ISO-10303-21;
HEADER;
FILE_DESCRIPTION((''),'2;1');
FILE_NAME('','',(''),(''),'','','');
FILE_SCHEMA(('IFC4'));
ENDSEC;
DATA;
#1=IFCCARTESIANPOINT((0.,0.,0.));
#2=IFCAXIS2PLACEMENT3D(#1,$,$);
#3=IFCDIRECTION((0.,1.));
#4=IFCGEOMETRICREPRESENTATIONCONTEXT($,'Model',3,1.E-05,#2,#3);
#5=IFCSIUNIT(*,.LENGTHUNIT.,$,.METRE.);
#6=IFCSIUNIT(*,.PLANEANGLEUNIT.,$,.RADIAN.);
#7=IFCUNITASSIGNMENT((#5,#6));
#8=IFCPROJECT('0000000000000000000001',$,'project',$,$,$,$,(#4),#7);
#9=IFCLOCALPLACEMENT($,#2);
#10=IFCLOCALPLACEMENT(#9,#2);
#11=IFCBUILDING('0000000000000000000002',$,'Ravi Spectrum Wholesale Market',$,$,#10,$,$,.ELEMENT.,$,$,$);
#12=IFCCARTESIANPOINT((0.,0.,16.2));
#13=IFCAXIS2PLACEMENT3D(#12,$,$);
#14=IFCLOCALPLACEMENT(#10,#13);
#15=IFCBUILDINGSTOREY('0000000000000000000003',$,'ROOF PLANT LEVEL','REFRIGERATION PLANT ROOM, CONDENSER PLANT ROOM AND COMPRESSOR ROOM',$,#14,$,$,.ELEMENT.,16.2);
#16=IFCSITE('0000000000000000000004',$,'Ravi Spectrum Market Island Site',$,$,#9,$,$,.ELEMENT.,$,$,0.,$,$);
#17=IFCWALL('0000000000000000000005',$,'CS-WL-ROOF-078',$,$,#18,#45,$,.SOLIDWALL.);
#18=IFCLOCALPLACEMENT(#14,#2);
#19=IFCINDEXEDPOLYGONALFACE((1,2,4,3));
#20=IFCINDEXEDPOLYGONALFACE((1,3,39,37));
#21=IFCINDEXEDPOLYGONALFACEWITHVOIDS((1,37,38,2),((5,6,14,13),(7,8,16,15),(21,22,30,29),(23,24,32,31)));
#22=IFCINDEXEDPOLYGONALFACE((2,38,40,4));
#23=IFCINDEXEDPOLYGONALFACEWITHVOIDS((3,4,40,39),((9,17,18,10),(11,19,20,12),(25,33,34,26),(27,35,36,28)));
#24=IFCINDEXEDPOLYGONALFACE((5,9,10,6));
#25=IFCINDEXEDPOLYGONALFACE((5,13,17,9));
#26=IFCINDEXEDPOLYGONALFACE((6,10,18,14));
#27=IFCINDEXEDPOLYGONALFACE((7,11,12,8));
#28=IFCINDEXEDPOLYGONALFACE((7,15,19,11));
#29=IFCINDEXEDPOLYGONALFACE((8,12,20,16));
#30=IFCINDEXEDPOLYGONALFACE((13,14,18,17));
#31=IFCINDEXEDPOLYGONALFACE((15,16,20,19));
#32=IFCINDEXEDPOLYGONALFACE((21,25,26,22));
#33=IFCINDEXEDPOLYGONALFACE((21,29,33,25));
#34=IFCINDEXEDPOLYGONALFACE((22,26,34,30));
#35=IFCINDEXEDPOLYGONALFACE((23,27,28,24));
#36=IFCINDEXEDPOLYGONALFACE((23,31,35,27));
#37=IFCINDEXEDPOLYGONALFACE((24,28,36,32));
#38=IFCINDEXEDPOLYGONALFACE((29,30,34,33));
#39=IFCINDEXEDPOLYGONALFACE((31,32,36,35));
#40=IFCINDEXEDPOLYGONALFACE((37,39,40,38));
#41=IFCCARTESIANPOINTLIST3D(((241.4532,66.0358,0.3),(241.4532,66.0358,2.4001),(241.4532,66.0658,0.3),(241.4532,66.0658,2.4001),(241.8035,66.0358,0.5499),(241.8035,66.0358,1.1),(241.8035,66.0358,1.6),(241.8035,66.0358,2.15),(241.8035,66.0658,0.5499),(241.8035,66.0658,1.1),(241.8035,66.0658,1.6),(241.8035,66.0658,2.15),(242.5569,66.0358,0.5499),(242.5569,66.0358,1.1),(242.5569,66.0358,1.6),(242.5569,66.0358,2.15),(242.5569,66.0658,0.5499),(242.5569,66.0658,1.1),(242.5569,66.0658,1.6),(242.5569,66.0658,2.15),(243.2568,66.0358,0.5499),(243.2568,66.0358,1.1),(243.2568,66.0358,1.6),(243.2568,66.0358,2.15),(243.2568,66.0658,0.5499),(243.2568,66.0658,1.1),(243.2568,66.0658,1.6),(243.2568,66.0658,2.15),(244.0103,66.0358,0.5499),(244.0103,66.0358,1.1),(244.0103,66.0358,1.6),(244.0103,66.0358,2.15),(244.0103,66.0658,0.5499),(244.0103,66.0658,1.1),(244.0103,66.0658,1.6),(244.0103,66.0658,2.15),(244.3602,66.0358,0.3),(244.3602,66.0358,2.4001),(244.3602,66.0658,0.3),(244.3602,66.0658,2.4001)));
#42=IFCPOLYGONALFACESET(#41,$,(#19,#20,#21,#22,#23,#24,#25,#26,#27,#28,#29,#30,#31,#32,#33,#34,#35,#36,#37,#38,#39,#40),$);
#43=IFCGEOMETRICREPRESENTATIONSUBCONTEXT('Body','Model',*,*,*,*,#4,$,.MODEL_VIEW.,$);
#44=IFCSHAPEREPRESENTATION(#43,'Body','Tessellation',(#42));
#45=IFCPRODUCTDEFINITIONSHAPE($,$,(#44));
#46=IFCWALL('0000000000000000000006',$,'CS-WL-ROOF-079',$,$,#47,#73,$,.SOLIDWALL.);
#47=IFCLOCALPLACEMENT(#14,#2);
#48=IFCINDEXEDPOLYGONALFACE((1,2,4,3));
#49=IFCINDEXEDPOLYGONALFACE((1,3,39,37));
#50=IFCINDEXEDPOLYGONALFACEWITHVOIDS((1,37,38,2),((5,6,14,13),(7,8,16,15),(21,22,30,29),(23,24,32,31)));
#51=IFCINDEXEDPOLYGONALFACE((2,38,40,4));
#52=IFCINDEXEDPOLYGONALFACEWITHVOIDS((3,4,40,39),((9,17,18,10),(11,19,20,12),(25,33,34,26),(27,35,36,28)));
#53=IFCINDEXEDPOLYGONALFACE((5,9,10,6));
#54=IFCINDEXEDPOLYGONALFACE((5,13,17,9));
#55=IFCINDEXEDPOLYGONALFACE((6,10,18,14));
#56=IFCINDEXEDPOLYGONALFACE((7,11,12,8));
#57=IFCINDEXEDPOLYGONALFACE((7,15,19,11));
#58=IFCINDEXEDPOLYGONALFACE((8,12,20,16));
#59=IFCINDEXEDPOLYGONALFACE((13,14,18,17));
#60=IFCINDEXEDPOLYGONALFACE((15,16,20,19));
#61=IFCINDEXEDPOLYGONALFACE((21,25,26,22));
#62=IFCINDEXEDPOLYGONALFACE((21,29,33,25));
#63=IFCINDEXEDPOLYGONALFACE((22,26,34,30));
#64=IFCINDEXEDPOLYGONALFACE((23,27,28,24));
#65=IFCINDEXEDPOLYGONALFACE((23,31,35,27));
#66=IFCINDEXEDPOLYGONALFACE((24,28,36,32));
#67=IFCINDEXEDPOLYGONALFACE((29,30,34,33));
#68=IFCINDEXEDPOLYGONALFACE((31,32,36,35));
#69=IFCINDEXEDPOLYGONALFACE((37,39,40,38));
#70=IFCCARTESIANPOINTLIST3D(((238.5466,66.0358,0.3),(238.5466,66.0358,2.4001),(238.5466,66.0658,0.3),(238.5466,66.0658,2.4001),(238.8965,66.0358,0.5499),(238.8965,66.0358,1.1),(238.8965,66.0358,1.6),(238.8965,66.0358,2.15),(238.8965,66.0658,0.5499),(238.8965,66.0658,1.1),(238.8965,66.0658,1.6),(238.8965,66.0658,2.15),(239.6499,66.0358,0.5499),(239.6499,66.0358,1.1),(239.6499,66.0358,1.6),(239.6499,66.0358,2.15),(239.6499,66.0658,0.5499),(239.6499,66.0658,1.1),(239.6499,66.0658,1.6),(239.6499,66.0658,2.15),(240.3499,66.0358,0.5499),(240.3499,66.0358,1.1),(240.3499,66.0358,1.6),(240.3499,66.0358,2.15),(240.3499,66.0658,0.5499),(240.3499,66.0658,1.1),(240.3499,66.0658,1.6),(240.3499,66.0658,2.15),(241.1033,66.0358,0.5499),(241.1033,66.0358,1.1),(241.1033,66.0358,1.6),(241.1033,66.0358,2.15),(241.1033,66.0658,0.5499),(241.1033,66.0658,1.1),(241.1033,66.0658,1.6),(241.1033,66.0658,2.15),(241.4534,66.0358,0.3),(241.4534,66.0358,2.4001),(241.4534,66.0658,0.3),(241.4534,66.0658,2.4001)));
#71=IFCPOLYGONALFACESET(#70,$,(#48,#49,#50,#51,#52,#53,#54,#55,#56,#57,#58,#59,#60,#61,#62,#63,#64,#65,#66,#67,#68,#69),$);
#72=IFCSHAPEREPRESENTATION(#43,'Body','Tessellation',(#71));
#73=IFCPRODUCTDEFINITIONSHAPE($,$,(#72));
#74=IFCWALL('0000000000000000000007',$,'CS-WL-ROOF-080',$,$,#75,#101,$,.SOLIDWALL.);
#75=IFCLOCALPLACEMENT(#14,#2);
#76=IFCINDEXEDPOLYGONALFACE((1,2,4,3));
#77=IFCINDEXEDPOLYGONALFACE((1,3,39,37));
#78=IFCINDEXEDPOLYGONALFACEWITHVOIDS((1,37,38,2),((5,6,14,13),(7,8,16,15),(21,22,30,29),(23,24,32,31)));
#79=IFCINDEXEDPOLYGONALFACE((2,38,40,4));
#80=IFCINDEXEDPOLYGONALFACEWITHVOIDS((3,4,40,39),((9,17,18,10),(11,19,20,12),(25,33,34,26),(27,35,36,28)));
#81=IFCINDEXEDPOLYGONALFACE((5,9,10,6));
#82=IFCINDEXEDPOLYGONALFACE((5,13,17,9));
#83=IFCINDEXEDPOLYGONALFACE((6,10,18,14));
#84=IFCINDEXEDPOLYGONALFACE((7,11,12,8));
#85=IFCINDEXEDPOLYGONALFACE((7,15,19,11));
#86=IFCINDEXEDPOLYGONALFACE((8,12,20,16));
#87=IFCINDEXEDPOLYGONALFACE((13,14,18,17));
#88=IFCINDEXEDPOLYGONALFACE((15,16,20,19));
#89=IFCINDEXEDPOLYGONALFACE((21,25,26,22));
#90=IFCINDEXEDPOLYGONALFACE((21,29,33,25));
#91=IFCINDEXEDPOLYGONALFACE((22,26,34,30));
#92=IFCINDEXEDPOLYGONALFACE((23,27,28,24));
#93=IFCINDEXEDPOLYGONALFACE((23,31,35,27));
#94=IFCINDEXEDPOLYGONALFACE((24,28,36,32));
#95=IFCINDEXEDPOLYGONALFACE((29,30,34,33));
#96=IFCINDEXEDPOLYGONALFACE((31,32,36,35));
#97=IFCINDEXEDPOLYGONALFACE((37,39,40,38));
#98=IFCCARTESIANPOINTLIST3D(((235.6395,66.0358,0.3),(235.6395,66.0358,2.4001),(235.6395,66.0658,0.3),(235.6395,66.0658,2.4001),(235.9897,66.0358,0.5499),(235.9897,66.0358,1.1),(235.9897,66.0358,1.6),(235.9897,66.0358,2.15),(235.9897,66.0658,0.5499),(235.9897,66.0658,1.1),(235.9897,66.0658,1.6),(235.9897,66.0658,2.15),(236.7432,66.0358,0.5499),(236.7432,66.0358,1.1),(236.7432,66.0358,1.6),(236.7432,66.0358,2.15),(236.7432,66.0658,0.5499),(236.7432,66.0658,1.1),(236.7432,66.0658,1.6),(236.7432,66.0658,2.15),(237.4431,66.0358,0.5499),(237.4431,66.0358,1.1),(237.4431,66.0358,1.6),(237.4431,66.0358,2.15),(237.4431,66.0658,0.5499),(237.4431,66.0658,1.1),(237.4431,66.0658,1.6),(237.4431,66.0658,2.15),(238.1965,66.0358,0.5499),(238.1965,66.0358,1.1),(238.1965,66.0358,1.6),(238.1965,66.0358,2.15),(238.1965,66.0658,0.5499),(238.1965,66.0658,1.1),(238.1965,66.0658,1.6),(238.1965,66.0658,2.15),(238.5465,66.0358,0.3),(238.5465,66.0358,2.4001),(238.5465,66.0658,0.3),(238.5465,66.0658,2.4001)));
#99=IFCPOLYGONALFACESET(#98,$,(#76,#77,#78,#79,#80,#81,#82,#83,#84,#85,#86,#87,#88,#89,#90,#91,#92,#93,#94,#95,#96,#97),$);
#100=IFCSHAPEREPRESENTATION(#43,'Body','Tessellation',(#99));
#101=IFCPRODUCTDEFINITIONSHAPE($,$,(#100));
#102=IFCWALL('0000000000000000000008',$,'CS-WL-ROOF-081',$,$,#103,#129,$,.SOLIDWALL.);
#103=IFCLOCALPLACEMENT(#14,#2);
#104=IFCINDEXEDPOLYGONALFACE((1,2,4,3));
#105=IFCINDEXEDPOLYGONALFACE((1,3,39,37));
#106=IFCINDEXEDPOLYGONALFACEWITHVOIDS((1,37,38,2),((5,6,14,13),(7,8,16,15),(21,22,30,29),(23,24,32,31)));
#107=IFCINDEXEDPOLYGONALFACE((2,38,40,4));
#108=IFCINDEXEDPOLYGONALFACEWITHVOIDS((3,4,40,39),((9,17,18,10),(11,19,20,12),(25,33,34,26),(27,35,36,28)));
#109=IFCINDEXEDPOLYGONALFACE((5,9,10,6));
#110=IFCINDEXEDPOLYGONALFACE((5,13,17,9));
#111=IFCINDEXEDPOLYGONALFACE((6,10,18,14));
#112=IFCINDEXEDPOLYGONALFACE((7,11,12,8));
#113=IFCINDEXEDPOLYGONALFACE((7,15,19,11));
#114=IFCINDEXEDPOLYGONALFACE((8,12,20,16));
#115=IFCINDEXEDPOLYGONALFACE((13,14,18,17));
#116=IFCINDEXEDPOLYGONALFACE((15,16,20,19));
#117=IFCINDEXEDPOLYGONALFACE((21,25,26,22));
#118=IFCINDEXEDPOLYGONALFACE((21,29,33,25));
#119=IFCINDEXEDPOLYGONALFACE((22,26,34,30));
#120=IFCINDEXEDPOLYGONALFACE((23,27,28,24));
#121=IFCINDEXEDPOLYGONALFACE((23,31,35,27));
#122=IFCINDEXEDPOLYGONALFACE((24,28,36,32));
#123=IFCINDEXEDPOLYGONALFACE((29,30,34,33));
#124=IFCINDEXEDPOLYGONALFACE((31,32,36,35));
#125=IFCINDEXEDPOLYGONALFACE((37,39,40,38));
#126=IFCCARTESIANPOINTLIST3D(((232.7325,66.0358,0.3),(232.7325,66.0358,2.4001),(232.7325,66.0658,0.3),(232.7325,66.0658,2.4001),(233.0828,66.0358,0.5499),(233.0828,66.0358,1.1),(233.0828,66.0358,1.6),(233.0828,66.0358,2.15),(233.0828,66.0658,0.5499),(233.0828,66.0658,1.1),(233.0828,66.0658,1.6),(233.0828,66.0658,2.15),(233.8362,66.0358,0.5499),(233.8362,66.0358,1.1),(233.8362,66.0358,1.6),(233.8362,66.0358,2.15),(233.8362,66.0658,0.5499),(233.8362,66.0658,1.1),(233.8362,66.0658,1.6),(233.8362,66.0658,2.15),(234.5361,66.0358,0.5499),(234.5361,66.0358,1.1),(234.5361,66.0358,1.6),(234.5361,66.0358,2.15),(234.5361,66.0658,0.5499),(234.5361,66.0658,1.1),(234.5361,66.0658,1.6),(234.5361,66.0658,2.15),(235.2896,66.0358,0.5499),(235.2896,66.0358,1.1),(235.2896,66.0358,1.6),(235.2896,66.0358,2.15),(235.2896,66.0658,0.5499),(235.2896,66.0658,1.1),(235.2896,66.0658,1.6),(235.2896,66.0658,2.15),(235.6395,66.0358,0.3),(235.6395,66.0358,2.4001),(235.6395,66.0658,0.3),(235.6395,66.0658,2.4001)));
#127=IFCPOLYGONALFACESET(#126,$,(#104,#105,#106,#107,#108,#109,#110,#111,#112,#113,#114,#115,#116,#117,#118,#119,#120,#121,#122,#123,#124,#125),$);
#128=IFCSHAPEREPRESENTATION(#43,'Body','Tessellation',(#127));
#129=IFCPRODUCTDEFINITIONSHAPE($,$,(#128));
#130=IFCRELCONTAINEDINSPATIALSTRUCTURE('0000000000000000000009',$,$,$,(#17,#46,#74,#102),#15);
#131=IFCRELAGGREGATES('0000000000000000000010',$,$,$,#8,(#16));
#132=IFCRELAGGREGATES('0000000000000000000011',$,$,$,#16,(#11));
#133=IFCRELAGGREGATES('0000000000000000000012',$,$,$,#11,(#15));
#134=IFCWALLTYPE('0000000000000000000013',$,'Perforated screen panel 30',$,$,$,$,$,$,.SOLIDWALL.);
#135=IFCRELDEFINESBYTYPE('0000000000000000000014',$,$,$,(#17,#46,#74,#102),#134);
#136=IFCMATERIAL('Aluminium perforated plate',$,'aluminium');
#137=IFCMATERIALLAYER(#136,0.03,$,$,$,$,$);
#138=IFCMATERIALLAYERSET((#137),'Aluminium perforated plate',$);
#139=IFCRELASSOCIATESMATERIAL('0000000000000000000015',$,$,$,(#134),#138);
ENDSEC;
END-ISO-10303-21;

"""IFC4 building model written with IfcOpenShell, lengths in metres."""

from ifc_helpers import new_model, si_unit, direction, frame, frame_2d, origin, place, context, subcontext, project, spatial, rectangle, extrude, material, layer, layer_set, type_object, element, save


model = new_model("IFC4")

# Units and contexts
model_context = context("Model", 3, precision=1e-05, world=origin(), true_north=direction((0.0, 1.0)))
body_context = subcontext(model_context, "Body", "Model", "MODEL_VIEW")
ifc_project = project(units=[si_unit("LENGTHUNIT", "METRE"), si_unit("PLANEANGLEUNIT", "RADIAN")], contexts=[model_context])

# Site, building, storey
site_placement = place(None, origin())
site = spatial("IfcSite", under=ifc_project, at=site_placement, Name="Ravi Spectrum Market Island Site", CompositionType="ELEMENT", RefElevation=0.0)
building_placement = place(site_placement, origin())
building = spatial("IfcBuilding", under=site, at=building_placement, Name="Ravi Spectrum Wholesale Market", CompositionType="ELEMENT")
storey_placement = place(building_placement, frame((0.0, 0.0, 16.2)))
storey = spatial("IfcBuildingStorey", under=building, at=storey_placement, Name="ROOF PLANT LEVEL", Description="REFRIGERATION PLANT ROOM, CONDENSER PLANT ROOM AND COMPRESSOR ROOM", CompositionType="ELEMENT", Elevation=16.2)

# Walls, openings
ifc_material_1 = material(Name="Aluminium perforated plate", Category="aluminium")
ifc_layer = layer(ifc_material_1, 0.03)
ifc_layer_set = layer_set([ifc_layer], Name="Aluminium perforated plate")
wall_type = type_object("IfcWallType", Name="Perforated screen panel 30", PredefinedType="SOLIDWALL", material=ifc_layer_set)
wall_1_placement = place(storey_placement, frame((244.3604, 66.0508, 0.3), z_axis=(0.0, 0.0, 1.0), x_axis=(-1.0, 0.0, 0.0)))
wall_1 = element("IfcWall", 1, at=wall_1_placement, inside=storey, type_object=wall_type, Name="CS-WL-ROOF-078", PredefinedType="SOLIDWALL", context=body_context, shape_type="SweptSolid", body=[
    extrude(rectangle(XDim=2.907, YDim=0.03, at=frame_2d((1.4536, 0.0))), origin(), (0.0, 0.0, 1.0), 2.1001),
])
opening_1_placement = place(wall_1_placement, frame((0.3501, 0.0, 0.25)))
element("IfcOpeningElement", 2, at=opening_1_placement, cuts=wall_1, PredefinedType="OPENING", context=body_context, shape_type="SweptSolid", body=[
    extrude(rectangle(XDim=0.7534, YDim=0.55, at=frame_2d((0.3767, 0.2749))), frame((0.0, 0.0249, 0.0), z_axis=(0.0, -1.0, 0.0), x_axis=(1.0, 0.0, 0.0)), (0.0, 0.0, 1.0), 0.05),
])
opening_2_placement = place(wall_1_placement, frame((0.3501, 0.0, 1.3)))
element("IfcOpeningElement", 3, at=opening_2_placement, cuts=wall_1, PredefinedType="OPENING", context=body_context, shape_type="SweptSolid", body=[
    extrude(rectangle(XDim=0.7534, YDim=0.55, at=frame_2d((0.3767, 0.2749))), frame((0.0, 0.0249, 0.0), z_axis=(0.0, -1.0, 0.0), x_axis=(1.0, 0.0, 0.0)), (0.0, 0.0, 1.0), 0.05),
])
opening_3_placement = place(wall_1_placement, frame((1.8035, 0.0, 0.25)))
element("IfcOpeningElement", 4, at=opening_3_placement, cuts=wall_1, PredefinedType="OPENING", context=body_context, shape_type="SweptSolid", body=[
    extrude(rectangle(XDim=0.7534, YDim=0.55, at=frame_2d((0.3767, 0.2749))), frame((0.0, 0.0249, 0.0), z_axis=(0.0, -1.0, 0.0), x_axis=(1.0, 0.0, 0.0)), (0.0, 0.0, 1.0), 0.05),
])
opening_4_placement = place(wall_1_placement, frame((1.8035, 0.0, 1.3)))
element("IfcOpeningElement", 5, at=opening_4_placement, cuts=wall_1, PredefinedType="OPENING", context=body_context, shape_type="SweptSolid", body=[
    extrude(rectangle(XDim=0.7534, YDim=0.55, at=frame_2d((0.3767, 0.2749))), frame((0.0, 0.0249, 0.0), z_axis=(0.0, -1.0, 0.0), x_axis=(1.0, 0.0, 0.0)), (0.0, 0.0, 1.0), 0.05),
])
wall_2_placement = place(storey_placement, frame((241.4534, 66.0508, 0.3), z_axis=(0.0, 0.0, 1.0), x_axis=(-1.0, 0.0, 0.0)))
wall_2 = element("IfcWall", 6, at=wall_2_placement, inside=storey, type_object=wall_type, Name="CS-WL-ROOF-079", PredefinedType="SOLIDWALL", context=body_context, shape_type="SweptSolid", body=[
    extrude(rectangle(XDim=2.9067, YDim=0.03, at=frame_2d((1.4534, 0.0))), origin(), (0.0, 0.0, 1.0), 2.1001),
])
opening_5_placement = place(wall_2_placement, frame((0.3501, 0.0, 0.25)))
element("IfcOpeningElement", 7, at=opening_5_placement, cuts=wall_2, PredefinedType="OPENING", context=body_context, shape_type="SweptSolid", body=[
    extrude(rectangle(XDim=0.7534, YDim=0.55, at=frame_2d((0.3767, 0.2749))), frame((0.0, 0.0249, 0.0), z_axis=(0.0, -1.0, 0.0), x_axis=(1.0, 0.0, 0.0)), (0.0, 0.0, 1.0), 0.05),
])
opening_6_placement = place(wall_2_placement, frame((0.3501, 0.0, 1.3)))
element("IfcOpeningElement", 8, at=opening_6_placement, cuts=wall_2, PredefinedType="OPENING", context=body_context, shape_type="SweptSolid", body=[
    extrude(rectangle(XDim=0.7534, YDim=0.55, at=frame_2d((0.3767, 0.2749))), frame((0.0, 0.0249, 0.0), z_axis=(0.0, -1.0, 0.0), x_axis=(1.0, 0.0, 0.0)), (0.0, 0.0, 1.0), 0.05),
])
opening_7_placement = place(wall_2_placement, frame((1.8035, 0.0, 0.25)))
element("IfcOpeningElement", 9, at=opening_7_placement, cuts=wall_2, PredefinedType="OPENING", context=body_context, shape_type="SweptSolid", body=[
    extrude(rectangle(XDim=0.7534, YDim=0.55, at=frame_2d((0.3767, 0.2749))), frame((0.0, 0.0249, 0.0), z_axis=(0.0, -1.0, 0.0), x_axis=(1.0, 0.0, 0.0)), (0.0, 0.0, 1.0), 0.05),
])
opening_8_placement = place(wall_2_placement, frame((1.8035, 0.0, 1.3)))
element("IfcOpeningElement", 10, at=opening_8_placement, cuts=wall_2, PredefinedType="OPENING", context=body_context, shape_type="SweptSolid", body=[
    extrude(rectangle(XDim=0.7534, YDim=0.55, at=frame_2d((0.3767, 0.2749))), frame((0.0, 0.0249, 0.0), z_axis=(0.0, -1.0, 0.0), x_axis=(1.0, 0.0, 0.0)), (0.0, 0.0, 1.0), 0.05),
])
wall_3_placement = place(storey_placement, frame((238.5466, 66.0508, 0.3), z_axis=(0.0, 0.0, 1.0), x_axis=(-1.0, 0.0, 0.0)))
wall_3 = element("IfcWall", 11, at=wall_3_placement, inside=storey, type_object=wall_type, Name="CS-WL-ROOF-080", PredefinedType="SOLIDWALL", context=body_context, shape_type="SweptSolid", body=[
    extrude(rectangle(XDim=2.907, YDim=0.03, at=frame_2d((1.4536, 0.0))), origin(), (0.0, 0.0, 1.0), 2.1001),
])
opening_9_placement = place(wall_3_placement, frame((0.3501, 0.0, 0.25)))
element("IfcOpeningElement", 12, at=opening_9_placement, cuts=wall_3, PredefinedType="OPENING", context=body_context, shape_type="SweptSolid", body=[
    extrude(rectangle(XDim=0.7534, YDim=0.55, at=frame_2d((0.3767, 0.2749))), frame((0.0, 0.0249, 0.0), z_axis=(0.0, -1.0, 0.0), x_axis=(1.0, 0.0, 0.0)), (0.0, 0.0, 1.0), 0.05),
])
opening_10_placement = place(wall_3_placement, frame((0.3501, 0.0, 1.3)))
element("IfcOpeningElement", 13, at=opening_10_placement, cuts=wall_3, PredefinedType="OPENING", context=body_context, shape_type="SweptSolid", body=[
    extrude(rectangle(XDim=0.7534, YDim=0.55, at=frame_2d((0.3767, 0.2749))), frame((0.0, 0.0249, 0.0), z_axis=(0.0, -1.0, 0.0), x_axis=(1.0, 0.0, 0.0)), (0.0, 0.0, 1.0), 0.05),
])
opening_11_placement = place(wall_3_placement, frame((1.8035, 0.0, 0.25)))
element("IfcOpeningElement", 14, at=opening_11_placement, cuts=wall_3, PredefinedType="OPENING", context=body_context, shape_type="SweptSolid", body=[
    extrude(rectangle(XDim=0.7534, YDim=0.55, at=frame_2d((0.3767, 0.2749))), frame((0.0, 0.0249, 0.0), z_axis=(0.0, -1.0, 0.0), x_axis=(1.0, 0.0, 0.0)), (0.0, 0.0, 1.0), 0.05),
])
opening_12_placement = place(wall_3_placement, frame((1.8035, 0.0, 1.3)))
element("IfcOpeningElement", 15, at=opening_12_placement, cuts=wall_3, PredefinedType="OPENING", context=body_context, shape_type="SweptSolid", body=[
    extrude(rectangle(XDim=0.7534, YDim=0.55, at=frame_2d((0.3767, 0.2749))), frame((0.0, 0.0249, 0.0), z_axis=(0.0, -1.0, 0.0), x_axis=(1.0, 0.0, 0.0)), (0.0, 0.0, 1.0), 0.05),
])
wall_4_placement = place(storey_placement, frame((235.6396, 66.0508, 0.3), z_axis=(0.0, 0.0, 1.0), x_axis=(-1.0, 0.0, 0.0)))
wall_4 = element("IfcWall", 16, at=wall_4_placement, inside=storey, type_object=wall_type, Name="CS-WL-ROOF-081", PredefinedType="SOLIDWALL", context=body_context, shape_type="SweptSolid", body=[
    extrude(rectangle(XDim=2.907, YDim=0.03, at=frame_2d((1.4536, 0.0))), origin(), (0.0, 0.0, 1.0), 2.1001),
])
opening_13_placement = place(wall_4_placement, frame((0.3501, 0.0, 0.25)))
element("IfcOpeningElement", 17, at=opening_13_placement, cuts=wall_4, PredefinedType="OPENING", context=body_context, shape_type="SweptSolid", body=[
    extrude(rectangle(XDim=0.7534, YDim=0.55, at=frame_2d((0.3767, 0.2749))), frame((0.0, 0.0249, 0.0), z_axis=(0.0, -1.0, 0.0), x_axis=(1.0, 0.0, 0.0)), (0.0, 0.0, 1.0), 0.05),
])
opening_14_placement = place(wall_4_placement, frame((0.3501, 0.0, 1.3)))
element("IfcOpeningElement", 18, at=opening_14_placement, cuts=wall_4, PredefinedType="OPENING", context=body_context, shape_type="SweptSolid", body=[
    extrude(rectangle(XDim=0.7534, YDim=0.55, at=frame_2d((0.3767, 0.2749))), frame((0.0, 0.0249, 0.0), z_axis=(0.0, -1.0, 0.0), x_axis=(1.0, 0.0, 0.0)), (0.0, 0.0, 1.0), 0.05),
])
opening_15_placement = place(wall_4_placement, frame((1.8035, 0.0, 0.25)))
element("IfcOpeningElement", 19, at=opening_15_placement, cuts=wall_4, PredefinedType="OPENING", context=body_context, shape_type="SweptSolid", body=[
    extrude(rectangle(XDim=0.7534, YDim=0.55, at=frame_2d((0.3767, 0.2749))), frame((0.0, 0.0249, 0.0), z_axis=(0.0, -1.0, 0.0), x_axis=(1.0, 0.0, 0.0)), (0.0, 0.0, 1.0), 0.05),
])
opening_16_placement = place(wall_4_placement, frame((1.8035, 0.0, 1.3)))
element("IfcOpeningElement", 20, at=opening_16_placement, cuts=wall_4, PredefinedType="OPENING", context=body_context, shape_type="SweptSolid", body=[
    extrude(rectangle(XDim=0.7534, YDim=0.55, at=frame_2d((0.3767, 0.2749))), frame((0.0, 0.0249, 0.0), z_axis=(0.0, -1.0, 0.0), x_axis=(1.0, 0.0, 0.0)), (0.0, 0.0, 1.0), 0.05),
])

save(model, "model.ifc")
